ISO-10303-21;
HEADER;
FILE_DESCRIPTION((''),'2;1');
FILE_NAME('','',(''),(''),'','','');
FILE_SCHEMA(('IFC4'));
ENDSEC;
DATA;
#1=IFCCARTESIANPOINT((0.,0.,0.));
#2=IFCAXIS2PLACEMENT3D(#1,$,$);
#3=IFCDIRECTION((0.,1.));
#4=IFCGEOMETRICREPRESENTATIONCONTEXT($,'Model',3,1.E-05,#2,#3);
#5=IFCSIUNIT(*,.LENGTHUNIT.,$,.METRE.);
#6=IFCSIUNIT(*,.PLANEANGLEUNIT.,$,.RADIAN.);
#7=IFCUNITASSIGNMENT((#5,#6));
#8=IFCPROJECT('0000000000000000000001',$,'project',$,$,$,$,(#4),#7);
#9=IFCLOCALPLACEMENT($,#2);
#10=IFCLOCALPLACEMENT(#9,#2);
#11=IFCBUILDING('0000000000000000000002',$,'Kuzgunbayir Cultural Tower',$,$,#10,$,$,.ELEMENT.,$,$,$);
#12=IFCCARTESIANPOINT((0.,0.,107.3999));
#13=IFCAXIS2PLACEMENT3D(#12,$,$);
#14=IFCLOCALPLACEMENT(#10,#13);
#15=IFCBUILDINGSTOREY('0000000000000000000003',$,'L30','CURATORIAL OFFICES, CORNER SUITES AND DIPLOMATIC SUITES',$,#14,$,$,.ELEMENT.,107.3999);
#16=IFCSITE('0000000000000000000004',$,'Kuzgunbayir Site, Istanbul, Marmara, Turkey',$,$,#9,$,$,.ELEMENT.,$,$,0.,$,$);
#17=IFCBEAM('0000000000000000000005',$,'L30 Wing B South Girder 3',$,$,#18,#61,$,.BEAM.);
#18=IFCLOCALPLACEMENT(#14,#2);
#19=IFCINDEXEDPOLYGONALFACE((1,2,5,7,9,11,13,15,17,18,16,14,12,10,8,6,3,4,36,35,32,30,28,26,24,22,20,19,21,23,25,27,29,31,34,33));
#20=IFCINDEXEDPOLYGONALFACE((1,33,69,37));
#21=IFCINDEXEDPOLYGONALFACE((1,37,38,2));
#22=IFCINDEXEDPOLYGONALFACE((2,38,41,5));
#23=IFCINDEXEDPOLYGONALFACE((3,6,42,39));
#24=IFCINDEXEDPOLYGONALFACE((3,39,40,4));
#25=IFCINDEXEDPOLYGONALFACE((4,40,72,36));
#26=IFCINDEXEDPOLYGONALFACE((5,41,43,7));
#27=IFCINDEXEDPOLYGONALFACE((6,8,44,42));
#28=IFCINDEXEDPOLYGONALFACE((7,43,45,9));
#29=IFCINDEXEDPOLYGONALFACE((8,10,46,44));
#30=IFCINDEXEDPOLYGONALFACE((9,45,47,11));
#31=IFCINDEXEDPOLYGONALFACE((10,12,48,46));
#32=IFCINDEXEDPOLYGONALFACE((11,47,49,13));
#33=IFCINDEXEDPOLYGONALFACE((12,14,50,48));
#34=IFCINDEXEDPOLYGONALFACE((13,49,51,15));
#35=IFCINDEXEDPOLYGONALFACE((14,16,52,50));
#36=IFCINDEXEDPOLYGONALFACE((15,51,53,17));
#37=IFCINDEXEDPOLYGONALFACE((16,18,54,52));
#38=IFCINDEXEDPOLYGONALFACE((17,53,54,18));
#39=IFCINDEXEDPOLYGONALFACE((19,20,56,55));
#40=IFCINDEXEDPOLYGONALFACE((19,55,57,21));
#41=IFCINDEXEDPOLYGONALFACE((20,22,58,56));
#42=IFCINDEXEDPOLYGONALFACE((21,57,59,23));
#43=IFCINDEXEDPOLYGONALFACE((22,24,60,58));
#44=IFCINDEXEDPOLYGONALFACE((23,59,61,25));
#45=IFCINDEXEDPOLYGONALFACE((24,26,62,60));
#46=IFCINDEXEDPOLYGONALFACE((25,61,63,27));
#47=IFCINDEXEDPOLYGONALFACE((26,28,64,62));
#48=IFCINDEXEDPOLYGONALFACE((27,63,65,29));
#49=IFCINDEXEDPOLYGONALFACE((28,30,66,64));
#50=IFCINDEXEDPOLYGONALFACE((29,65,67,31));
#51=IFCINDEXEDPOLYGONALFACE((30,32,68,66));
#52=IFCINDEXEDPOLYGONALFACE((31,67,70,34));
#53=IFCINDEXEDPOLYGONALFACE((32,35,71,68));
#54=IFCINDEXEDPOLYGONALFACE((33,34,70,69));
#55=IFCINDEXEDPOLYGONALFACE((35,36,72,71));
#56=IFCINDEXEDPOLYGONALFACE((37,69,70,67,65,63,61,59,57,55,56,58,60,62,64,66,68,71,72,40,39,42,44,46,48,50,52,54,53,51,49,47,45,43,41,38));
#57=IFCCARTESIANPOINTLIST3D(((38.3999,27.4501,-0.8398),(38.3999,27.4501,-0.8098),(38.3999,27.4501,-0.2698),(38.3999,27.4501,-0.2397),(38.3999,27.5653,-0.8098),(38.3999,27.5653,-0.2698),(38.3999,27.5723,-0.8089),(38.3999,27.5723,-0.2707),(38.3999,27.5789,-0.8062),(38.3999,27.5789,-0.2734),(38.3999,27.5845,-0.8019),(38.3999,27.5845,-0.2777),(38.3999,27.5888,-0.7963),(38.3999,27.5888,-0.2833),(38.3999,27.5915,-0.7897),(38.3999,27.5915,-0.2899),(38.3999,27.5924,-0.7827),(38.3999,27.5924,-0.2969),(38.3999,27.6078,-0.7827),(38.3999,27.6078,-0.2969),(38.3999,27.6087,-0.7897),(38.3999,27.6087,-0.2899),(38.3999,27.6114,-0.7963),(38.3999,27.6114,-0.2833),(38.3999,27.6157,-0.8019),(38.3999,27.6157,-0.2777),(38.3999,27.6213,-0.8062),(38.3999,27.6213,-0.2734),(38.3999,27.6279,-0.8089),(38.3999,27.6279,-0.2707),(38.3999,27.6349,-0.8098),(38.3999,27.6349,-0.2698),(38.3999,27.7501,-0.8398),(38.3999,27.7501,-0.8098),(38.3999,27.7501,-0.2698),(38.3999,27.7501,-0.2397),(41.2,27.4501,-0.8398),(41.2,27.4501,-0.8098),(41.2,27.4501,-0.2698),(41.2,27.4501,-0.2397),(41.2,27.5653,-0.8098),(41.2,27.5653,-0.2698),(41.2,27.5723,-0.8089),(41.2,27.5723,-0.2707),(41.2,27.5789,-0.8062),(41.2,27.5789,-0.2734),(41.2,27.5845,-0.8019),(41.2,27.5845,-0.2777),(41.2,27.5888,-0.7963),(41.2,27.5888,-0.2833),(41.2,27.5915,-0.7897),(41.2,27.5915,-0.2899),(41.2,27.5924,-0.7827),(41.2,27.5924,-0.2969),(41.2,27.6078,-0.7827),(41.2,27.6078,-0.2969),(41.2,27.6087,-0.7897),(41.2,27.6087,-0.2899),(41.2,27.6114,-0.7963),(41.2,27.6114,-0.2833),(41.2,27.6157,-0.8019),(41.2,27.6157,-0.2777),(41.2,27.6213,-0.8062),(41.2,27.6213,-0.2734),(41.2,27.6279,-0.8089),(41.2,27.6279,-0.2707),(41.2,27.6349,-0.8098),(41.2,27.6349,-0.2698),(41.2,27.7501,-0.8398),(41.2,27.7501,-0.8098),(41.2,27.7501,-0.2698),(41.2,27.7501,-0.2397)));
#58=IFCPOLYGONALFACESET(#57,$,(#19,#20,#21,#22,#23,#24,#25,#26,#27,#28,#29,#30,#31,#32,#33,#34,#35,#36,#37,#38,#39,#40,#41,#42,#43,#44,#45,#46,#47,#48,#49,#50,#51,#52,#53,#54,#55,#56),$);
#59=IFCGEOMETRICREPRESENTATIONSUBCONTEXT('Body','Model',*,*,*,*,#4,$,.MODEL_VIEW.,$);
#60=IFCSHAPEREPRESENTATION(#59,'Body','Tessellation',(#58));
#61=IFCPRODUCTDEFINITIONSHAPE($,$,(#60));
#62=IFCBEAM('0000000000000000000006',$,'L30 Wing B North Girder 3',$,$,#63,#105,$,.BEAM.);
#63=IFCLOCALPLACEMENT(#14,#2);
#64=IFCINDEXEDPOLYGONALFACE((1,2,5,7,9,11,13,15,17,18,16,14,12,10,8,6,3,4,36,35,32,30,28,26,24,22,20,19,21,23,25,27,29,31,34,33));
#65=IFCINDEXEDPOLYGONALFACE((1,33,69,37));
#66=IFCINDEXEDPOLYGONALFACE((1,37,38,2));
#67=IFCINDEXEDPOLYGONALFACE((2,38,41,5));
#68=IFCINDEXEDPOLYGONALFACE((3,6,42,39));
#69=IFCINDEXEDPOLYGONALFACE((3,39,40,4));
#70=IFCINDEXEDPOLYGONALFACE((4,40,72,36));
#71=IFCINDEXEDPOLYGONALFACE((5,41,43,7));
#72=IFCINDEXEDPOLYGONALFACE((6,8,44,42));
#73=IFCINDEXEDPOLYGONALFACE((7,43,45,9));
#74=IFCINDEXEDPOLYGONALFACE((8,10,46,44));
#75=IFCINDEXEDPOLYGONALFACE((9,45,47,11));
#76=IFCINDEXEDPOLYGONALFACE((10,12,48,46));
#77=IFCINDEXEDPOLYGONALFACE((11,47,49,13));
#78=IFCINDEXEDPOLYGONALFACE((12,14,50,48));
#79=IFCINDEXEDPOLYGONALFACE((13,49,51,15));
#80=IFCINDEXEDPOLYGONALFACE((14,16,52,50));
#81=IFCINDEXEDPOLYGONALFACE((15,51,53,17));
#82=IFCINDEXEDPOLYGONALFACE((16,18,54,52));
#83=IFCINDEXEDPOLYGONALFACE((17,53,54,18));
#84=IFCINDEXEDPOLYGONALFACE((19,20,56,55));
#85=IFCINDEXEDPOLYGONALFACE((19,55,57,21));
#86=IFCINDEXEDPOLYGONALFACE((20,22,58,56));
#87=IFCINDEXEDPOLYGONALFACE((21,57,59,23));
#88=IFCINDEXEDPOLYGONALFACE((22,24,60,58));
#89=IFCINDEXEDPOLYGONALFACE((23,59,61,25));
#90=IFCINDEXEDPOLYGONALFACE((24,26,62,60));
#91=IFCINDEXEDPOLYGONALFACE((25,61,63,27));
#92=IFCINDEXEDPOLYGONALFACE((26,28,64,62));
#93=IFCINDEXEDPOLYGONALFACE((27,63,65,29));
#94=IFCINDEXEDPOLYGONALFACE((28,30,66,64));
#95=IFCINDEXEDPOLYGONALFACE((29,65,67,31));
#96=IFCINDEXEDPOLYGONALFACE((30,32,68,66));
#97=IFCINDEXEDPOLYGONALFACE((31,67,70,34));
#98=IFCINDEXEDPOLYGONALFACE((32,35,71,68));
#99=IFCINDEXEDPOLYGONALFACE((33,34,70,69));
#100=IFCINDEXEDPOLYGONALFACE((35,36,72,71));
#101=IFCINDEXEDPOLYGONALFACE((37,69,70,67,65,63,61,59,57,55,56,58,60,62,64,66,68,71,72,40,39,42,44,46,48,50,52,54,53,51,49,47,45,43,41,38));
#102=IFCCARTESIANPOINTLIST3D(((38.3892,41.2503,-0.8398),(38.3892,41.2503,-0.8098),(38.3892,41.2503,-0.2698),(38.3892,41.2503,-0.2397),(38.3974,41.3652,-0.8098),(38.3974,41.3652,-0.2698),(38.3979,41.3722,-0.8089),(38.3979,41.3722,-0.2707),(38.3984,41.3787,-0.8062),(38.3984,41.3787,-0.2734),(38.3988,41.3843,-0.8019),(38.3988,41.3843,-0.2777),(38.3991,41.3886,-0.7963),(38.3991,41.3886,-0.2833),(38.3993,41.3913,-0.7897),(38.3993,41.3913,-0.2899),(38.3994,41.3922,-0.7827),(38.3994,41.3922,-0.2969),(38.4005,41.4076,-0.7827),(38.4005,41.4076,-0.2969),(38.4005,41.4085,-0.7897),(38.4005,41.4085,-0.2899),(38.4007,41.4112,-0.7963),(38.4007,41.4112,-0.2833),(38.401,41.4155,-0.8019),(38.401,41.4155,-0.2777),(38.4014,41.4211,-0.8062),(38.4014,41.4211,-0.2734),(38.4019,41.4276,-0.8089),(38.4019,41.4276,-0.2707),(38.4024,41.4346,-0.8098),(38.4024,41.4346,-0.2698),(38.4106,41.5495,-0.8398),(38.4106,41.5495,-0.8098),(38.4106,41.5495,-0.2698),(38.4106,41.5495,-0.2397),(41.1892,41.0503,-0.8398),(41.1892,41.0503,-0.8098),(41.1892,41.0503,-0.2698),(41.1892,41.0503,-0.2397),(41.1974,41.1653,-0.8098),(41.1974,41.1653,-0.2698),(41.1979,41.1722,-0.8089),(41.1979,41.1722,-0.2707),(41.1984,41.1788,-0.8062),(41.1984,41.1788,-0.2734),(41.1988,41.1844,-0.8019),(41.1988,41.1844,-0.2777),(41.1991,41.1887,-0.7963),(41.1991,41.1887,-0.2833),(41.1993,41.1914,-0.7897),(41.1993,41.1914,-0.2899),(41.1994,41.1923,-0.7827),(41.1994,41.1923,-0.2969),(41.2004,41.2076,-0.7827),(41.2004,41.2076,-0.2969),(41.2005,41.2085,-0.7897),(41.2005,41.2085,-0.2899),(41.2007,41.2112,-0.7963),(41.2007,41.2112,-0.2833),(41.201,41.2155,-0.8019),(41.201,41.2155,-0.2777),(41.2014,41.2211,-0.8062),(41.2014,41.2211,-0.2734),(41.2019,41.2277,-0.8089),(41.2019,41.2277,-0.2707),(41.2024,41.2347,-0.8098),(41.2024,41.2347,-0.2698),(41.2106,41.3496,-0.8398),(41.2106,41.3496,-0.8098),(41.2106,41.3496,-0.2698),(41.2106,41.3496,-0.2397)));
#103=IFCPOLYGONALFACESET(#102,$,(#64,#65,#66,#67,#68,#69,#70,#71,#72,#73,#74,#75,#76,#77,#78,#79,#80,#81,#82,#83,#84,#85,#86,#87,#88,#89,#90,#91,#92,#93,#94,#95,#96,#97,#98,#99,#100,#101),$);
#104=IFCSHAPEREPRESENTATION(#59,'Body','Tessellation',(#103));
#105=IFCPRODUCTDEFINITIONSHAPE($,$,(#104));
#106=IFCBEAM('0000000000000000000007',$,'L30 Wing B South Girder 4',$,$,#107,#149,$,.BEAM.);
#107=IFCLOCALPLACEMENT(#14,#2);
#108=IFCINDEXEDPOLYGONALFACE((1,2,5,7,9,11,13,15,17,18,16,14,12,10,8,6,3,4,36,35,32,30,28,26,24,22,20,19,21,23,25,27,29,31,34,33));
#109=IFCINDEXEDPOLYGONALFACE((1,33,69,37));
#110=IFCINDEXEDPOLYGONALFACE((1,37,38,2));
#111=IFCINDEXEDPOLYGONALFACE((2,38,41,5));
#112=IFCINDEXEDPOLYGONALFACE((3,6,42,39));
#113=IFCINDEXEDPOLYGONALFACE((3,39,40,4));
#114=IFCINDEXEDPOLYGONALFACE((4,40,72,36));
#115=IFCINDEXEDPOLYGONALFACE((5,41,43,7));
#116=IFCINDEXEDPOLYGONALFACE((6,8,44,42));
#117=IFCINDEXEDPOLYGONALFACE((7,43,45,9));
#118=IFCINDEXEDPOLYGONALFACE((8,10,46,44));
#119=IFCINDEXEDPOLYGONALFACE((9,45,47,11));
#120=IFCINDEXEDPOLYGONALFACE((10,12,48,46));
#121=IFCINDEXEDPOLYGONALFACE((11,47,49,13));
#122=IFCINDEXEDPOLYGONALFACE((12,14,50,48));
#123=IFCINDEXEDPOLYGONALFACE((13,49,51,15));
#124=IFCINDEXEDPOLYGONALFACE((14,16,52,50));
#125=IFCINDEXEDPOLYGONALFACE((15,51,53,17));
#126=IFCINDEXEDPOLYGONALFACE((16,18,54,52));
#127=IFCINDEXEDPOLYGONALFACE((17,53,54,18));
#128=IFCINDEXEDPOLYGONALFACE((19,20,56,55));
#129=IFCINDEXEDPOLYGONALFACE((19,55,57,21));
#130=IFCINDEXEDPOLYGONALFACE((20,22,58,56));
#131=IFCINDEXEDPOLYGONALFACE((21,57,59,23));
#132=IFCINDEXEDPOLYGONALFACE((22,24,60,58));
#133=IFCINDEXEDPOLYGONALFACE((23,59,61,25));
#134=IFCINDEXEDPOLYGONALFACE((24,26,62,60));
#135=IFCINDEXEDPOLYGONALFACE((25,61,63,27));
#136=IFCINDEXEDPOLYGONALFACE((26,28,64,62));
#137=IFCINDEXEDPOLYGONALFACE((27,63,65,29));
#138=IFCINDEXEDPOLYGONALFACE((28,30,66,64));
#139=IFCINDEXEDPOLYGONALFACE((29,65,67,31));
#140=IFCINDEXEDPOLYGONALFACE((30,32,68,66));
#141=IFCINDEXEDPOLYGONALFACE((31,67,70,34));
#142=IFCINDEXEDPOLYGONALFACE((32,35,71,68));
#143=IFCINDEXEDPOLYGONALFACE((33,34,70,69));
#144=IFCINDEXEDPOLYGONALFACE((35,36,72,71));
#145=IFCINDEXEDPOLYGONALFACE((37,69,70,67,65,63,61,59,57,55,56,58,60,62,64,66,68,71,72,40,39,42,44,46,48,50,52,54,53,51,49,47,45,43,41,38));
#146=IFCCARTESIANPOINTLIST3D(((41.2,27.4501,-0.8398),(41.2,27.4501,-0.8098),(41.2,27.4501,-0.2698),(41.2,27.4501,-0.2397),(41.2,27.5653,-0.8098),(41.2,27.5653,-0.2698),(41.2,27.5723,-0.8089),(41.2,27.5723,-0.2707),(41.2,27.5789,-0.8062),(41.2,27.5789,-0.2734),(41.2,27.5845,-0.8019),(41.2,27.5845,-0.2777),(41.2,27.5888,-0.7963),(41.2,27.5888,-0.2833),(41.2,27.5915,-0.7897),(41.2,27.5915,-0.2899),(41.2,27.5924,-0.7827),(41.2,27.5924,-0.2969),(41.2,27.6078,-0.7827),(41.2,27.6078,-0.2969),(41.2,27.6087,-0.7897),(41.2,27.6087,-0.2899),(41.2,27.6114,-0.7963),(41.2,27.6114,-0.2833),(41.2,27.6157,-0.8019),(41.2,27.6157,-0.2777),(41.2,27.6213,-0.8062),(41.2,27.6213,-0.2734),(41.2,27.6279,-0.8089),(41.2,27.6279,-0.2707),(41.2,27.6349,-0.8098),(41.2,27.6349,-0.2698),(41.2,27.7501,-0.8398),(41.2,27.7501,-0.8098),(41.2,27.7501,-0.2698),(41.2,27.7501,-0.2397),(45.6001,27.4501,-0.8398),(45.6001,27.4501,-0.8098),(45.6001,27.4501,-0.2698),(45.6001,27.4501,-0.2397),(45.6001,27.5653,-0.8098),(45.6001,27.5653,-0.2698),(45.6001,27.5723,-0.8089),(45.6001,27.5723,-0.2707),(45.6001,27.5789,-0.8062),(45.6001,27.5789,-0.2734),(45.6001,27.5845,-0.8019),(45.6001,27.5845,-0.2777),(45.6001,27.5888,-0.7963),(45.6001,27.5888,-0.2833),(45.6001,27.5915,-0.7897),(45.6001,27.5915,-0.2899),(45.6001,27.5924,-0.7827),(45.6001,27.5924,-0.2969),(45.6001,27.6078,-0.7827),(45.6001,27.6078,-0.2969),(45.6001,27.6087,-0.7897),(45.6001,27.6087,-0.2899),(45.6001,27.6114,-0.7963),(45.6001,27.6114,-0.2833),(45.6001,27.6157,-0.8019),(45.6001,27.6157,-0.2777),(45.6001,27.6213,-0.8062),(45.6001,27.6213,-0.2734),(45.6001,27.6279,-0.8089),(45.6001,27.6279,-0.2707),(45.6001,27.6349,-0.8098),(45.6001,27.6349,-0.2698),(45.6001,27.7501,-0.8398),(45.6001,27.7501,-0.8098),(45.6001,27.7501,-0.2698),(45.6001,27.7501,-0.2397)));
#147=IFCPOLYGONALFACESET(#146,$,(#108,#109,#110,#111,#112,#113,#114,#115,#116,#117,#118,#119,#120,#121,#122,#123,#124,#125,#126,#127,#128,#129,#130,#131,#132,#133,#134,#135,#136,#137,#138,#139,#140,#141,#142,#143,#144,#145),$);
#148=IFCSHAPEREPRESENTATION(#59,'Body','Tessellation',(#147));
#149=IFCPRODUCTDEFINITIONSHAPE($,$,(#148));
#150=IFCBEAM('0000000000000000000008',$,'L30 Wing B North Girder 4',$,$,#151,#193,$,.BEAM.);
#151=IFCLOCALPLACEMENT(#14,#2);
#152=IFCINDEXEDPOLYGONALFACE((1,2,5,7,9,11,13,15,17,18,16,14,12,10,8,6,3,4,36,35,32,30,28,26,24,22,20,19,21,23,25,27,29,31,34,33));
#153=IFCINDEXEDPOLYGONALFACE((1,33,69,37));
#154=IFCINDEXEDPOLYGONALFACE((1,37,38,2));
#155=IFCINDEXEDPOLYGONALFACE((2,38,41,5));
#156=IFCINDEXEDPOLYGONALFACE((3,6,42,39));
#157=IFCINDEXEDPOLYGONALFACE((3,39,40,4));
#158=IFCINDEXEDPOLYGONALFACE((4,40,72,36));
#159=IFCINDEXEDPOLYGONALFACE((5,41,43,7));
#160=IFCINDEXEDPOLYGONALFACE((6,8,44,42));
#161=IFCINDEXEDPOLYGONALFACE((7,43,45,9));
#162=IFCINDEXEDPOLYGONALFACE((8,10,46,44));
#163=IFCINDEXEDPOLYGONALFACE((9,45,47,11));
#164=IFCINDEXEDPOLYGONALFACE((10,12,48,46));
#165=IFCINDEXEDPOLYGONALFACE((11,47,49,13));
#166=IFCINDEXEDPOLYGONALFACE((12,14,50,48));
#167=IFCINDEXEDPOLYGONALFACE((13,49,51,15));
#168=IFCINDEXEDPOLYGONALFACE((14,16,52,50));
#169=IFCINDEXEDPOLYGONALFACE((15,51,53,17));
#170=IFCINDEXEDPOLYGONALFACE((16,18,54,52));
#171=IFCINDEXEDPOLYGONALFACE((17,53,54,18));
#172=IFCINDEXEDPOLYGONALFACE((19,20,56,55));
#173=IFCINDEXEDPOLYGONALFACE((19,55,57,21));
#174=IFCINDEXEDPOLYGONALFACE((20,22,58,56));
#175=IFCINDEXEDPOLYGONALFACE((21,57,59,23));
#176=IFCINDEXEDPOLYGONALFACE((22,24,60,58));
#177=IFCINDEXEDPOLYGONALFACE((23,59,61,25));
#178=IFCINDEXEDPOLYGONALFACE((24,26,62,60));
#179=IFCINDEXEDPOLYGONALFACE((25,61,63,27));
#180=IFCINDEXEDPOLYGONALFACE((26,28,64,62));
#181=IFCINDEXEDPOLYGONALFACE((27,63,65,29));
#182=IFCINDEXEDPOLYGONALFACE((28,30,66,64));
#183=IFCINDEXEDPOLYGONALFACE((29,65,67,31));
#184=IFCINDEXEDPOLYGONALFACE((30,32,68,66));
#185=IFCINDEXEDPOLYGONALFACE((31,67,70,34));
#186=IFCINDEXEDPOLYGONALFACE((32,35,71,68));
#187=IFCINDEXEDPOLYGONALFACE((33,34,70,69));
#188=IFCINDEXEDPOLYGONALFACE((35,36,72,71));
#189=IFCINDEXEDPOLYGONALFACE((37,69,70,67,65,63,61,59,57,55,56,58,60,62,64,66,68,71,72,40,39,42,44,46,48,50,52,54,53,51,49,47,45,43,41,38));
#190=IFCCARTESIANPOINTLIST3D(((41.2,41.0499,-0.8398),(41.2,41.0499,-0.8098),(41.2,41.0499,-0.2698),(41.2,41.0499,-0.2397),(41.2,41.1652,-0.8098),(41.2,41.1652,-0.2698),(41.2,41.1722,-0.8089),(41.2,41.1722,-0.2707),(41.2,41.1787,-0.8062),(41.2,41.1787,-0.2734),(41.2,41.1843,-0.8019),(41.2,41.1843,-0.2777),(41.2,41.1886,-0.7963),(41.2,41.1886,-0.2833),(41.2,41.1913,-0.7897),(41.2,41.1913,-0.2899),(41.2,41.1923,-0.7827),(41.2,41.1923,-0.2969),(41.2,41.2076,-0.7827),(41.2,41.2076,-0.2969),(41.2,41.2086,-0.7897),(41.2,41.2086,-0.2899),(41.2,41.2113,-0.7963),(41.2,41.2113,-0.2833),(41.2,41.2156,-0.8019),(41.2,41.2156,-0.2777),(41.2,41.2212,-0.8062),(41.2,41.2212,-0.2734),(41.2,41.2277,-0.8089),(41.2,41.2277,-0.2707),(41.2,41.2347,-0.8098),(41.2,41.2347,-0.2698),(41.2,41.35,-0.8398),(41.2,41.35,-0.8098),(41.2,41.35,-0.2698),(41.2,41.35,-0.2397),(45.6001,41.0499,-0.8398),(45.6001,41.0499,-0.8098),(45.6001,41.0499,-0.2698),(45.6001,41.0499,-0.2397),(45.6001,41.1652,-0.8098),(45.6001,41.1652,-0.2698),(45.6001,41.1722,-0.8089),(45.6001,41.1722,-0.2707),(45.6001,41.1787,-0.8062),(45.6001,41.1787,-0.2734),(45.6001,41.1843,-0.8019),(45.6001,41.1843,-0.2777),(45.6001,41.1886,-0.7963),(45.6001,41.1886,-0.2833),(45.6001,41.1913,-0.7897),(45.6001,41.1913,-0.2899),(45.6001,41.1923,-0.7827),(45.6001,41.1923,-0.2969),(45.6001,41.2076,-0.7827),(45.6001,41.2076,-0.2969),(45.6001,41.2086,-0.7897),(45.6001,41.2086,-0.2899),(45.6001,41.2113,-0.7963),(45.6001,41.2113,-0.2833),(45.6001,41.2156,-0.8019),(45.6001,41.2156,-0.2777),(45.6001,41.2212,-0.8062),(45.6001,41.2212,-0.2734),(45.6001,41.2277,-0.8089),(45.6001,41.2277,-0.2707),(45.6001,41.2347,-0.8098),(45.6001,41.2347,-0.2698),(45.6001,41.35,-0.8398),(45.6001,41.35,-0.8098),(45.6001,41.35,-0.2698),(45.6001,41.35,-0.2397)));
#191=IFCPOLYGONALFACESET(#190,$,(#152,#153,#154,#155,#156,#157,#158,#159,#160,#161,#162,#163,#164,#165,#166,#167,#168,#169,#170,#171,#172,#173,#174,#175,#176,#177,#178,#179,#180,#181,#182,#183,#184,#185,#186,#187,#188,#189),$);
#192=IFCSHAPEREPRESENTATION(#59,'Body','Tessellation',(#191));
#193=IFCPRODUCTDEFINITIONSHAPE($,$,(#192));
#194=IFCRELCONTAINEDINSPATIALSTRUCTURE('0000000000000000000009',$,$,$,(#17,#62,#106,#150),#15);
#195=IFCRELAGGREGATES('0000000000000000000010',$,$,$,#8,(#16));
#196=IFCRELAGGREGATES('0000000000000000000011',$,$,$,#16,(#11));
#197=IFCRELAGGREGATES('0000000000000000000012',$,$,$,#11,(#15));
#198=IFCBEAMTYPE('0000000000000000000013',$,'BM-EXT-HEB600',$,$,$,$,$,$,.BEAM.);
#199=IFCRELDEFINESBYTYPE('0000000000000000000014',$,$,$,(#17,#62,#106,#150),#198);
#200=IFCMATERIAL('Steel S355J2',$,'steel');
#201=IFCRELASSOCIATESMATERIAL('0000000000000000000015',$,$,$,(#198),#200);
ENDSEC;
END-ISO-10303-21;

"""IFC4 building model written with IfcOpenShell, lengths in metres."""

from ifc_helpers import new_model, si_unit, direction, frame, origin, origin_2d, place, context, subcontext, project, spatial, i_section, extrude, material, material_profile, profile_set, type_object, element, save


model = new_model("IFC4")

# Units and contexts
model_context = context("Model", 3, precision=1e-05, world=origin(), true_north=direction((0.0, 1.0)))
body_context = subcontext(model_context, "Body", "Model", "MODEL_VIEW")
ifc_project = project(units=[si_unit("LENGTHUNIT", "METRE"), si_unit("PLANEANGLEUNIT", "RADIAN")], contexts=[model_context])

# Site, building, storey
site_placement = place(None, origin())
site = spatial("IfcSite", under=ifc_project, at=site_placement, Name="Kuzgunbayir Site, Istanbul, Marmara, Turkey", CompositionType="ELEMENT", RefElevation=0.0)
building_placement = place(site_placement, origin())
building = spatial("IfcBuilding", under=site, at=building_placement, Name="Kuzgunbayir Cultural Tower", CompositionType="ELEMENT")
storey_placement = place(building_placement, frame((0.0, 0.0, 107.3999)))
storey = spatial("IfcBuildingStorey", under=building, at=storey_placement, Name="L30", Description="CURATORIAL OFFICES, CORNER SUITES AND DIPLOMATIC SUITES", CompositionType="ELEMENT", Elevation=107.3999)

# Beams
ifc_material_1 = material(Name="Steel S355J2", Category="steel")
ifc_material_profile_1 = material_profile(ifc_material_1, i_section(OverallWidth=0.3, OverallDepth=0.6001, WebThickness=0.0154, FlangeThickness=0.03, FilletRadius=0.0271, at=origin_2d()), Name="HEB 600")
ifc_profile_set_1 = profile_set([ifc_material_profile_1], Name="Steel S355J2")
beam_type_1 = type_object("IfcBeamType", Name="BM-EXT-HEB600", PredefinedType="BEAM", material=ifc_profile_set_1)
beam_1_placement = place(storey_placement, frame((38.3999, 27.6001, -0.5398), z_axis=(1.0, 0.0, 0.0), x_axis=(0.0, 1.0, 0.0)))
element("IfcBeam", 1, at=beam_1_placement, inside=storey, type_object=beam_type_1, Name="L30 Wing B South Girder 3", PredefinedType="BEAM", context=body_context, shape_type="SweptSolid", body=[
    extrude(i_section(OverallWidth=0.3, OverallDepth=0.6001, WebThickness=0.0154, FlangeThickness=0.03, FilletRadius=0.0271, at=origin_2d()), origin(), (0.0, 0.0, 1.0), 2.8),
])
beam_2_placement = place(storey_placement, frame((38.3999, 41.3999, -0.5398), z_axis=(0.99746, -0.071229, 0.0), x_axis=(0.071229, 0.99746, 0.0)))
element("IfcBeam", 2, at=beam_2_placement, inside=storey, type_object=beam_type_1, Name="L30 Wing B North Girder 3", PredefinedType="BEAM", context=body_context, shape_type="SweptSolid", body=[
    extrude(i_section(OverallWidth=0.3, OverallDepth=0.6001, WebThickness=0.0154, FlangeThickness=0.03, FilletRadius=0.0271, at=origin_2d()), origin(), (0.0, 0.0, 1.0), 2.8071),
])
for number, where, z_axis, x_axis, name in (
    (3, (41.2, 27.6001, -0.5398), (1.0, 0.0, 0.0), (0.0, 1.0, 0.0), "L30 Wing B South Girder 4"),
    (4, (41.2, 41.2, -0.5398), (1.0, 0.0, 0.0), (0.0, 1.0, 0.0), "L30 Wing B North Girder 4"),
):
    element("IfcBeam", number, at=place(storey_placement, frame(where, z_axis=z_axis, x_axis=x_axis)), inside=storey, type_object=beam_type_1, Name=name, PredefinedType="BEAM", context=body_context, shape_type="SweptSolid", body=[
        extrude(i_section(OverallWidth=0.3, OverallDepth=0.6001, WebThickness=0.0154, FlangeThickness=0.03, FilletRadius=0.0271, at=origin_2d()), origin(), (0.0, 0.0, 1.0), 4.4001),
    ])

save(model, "model.ifc")
